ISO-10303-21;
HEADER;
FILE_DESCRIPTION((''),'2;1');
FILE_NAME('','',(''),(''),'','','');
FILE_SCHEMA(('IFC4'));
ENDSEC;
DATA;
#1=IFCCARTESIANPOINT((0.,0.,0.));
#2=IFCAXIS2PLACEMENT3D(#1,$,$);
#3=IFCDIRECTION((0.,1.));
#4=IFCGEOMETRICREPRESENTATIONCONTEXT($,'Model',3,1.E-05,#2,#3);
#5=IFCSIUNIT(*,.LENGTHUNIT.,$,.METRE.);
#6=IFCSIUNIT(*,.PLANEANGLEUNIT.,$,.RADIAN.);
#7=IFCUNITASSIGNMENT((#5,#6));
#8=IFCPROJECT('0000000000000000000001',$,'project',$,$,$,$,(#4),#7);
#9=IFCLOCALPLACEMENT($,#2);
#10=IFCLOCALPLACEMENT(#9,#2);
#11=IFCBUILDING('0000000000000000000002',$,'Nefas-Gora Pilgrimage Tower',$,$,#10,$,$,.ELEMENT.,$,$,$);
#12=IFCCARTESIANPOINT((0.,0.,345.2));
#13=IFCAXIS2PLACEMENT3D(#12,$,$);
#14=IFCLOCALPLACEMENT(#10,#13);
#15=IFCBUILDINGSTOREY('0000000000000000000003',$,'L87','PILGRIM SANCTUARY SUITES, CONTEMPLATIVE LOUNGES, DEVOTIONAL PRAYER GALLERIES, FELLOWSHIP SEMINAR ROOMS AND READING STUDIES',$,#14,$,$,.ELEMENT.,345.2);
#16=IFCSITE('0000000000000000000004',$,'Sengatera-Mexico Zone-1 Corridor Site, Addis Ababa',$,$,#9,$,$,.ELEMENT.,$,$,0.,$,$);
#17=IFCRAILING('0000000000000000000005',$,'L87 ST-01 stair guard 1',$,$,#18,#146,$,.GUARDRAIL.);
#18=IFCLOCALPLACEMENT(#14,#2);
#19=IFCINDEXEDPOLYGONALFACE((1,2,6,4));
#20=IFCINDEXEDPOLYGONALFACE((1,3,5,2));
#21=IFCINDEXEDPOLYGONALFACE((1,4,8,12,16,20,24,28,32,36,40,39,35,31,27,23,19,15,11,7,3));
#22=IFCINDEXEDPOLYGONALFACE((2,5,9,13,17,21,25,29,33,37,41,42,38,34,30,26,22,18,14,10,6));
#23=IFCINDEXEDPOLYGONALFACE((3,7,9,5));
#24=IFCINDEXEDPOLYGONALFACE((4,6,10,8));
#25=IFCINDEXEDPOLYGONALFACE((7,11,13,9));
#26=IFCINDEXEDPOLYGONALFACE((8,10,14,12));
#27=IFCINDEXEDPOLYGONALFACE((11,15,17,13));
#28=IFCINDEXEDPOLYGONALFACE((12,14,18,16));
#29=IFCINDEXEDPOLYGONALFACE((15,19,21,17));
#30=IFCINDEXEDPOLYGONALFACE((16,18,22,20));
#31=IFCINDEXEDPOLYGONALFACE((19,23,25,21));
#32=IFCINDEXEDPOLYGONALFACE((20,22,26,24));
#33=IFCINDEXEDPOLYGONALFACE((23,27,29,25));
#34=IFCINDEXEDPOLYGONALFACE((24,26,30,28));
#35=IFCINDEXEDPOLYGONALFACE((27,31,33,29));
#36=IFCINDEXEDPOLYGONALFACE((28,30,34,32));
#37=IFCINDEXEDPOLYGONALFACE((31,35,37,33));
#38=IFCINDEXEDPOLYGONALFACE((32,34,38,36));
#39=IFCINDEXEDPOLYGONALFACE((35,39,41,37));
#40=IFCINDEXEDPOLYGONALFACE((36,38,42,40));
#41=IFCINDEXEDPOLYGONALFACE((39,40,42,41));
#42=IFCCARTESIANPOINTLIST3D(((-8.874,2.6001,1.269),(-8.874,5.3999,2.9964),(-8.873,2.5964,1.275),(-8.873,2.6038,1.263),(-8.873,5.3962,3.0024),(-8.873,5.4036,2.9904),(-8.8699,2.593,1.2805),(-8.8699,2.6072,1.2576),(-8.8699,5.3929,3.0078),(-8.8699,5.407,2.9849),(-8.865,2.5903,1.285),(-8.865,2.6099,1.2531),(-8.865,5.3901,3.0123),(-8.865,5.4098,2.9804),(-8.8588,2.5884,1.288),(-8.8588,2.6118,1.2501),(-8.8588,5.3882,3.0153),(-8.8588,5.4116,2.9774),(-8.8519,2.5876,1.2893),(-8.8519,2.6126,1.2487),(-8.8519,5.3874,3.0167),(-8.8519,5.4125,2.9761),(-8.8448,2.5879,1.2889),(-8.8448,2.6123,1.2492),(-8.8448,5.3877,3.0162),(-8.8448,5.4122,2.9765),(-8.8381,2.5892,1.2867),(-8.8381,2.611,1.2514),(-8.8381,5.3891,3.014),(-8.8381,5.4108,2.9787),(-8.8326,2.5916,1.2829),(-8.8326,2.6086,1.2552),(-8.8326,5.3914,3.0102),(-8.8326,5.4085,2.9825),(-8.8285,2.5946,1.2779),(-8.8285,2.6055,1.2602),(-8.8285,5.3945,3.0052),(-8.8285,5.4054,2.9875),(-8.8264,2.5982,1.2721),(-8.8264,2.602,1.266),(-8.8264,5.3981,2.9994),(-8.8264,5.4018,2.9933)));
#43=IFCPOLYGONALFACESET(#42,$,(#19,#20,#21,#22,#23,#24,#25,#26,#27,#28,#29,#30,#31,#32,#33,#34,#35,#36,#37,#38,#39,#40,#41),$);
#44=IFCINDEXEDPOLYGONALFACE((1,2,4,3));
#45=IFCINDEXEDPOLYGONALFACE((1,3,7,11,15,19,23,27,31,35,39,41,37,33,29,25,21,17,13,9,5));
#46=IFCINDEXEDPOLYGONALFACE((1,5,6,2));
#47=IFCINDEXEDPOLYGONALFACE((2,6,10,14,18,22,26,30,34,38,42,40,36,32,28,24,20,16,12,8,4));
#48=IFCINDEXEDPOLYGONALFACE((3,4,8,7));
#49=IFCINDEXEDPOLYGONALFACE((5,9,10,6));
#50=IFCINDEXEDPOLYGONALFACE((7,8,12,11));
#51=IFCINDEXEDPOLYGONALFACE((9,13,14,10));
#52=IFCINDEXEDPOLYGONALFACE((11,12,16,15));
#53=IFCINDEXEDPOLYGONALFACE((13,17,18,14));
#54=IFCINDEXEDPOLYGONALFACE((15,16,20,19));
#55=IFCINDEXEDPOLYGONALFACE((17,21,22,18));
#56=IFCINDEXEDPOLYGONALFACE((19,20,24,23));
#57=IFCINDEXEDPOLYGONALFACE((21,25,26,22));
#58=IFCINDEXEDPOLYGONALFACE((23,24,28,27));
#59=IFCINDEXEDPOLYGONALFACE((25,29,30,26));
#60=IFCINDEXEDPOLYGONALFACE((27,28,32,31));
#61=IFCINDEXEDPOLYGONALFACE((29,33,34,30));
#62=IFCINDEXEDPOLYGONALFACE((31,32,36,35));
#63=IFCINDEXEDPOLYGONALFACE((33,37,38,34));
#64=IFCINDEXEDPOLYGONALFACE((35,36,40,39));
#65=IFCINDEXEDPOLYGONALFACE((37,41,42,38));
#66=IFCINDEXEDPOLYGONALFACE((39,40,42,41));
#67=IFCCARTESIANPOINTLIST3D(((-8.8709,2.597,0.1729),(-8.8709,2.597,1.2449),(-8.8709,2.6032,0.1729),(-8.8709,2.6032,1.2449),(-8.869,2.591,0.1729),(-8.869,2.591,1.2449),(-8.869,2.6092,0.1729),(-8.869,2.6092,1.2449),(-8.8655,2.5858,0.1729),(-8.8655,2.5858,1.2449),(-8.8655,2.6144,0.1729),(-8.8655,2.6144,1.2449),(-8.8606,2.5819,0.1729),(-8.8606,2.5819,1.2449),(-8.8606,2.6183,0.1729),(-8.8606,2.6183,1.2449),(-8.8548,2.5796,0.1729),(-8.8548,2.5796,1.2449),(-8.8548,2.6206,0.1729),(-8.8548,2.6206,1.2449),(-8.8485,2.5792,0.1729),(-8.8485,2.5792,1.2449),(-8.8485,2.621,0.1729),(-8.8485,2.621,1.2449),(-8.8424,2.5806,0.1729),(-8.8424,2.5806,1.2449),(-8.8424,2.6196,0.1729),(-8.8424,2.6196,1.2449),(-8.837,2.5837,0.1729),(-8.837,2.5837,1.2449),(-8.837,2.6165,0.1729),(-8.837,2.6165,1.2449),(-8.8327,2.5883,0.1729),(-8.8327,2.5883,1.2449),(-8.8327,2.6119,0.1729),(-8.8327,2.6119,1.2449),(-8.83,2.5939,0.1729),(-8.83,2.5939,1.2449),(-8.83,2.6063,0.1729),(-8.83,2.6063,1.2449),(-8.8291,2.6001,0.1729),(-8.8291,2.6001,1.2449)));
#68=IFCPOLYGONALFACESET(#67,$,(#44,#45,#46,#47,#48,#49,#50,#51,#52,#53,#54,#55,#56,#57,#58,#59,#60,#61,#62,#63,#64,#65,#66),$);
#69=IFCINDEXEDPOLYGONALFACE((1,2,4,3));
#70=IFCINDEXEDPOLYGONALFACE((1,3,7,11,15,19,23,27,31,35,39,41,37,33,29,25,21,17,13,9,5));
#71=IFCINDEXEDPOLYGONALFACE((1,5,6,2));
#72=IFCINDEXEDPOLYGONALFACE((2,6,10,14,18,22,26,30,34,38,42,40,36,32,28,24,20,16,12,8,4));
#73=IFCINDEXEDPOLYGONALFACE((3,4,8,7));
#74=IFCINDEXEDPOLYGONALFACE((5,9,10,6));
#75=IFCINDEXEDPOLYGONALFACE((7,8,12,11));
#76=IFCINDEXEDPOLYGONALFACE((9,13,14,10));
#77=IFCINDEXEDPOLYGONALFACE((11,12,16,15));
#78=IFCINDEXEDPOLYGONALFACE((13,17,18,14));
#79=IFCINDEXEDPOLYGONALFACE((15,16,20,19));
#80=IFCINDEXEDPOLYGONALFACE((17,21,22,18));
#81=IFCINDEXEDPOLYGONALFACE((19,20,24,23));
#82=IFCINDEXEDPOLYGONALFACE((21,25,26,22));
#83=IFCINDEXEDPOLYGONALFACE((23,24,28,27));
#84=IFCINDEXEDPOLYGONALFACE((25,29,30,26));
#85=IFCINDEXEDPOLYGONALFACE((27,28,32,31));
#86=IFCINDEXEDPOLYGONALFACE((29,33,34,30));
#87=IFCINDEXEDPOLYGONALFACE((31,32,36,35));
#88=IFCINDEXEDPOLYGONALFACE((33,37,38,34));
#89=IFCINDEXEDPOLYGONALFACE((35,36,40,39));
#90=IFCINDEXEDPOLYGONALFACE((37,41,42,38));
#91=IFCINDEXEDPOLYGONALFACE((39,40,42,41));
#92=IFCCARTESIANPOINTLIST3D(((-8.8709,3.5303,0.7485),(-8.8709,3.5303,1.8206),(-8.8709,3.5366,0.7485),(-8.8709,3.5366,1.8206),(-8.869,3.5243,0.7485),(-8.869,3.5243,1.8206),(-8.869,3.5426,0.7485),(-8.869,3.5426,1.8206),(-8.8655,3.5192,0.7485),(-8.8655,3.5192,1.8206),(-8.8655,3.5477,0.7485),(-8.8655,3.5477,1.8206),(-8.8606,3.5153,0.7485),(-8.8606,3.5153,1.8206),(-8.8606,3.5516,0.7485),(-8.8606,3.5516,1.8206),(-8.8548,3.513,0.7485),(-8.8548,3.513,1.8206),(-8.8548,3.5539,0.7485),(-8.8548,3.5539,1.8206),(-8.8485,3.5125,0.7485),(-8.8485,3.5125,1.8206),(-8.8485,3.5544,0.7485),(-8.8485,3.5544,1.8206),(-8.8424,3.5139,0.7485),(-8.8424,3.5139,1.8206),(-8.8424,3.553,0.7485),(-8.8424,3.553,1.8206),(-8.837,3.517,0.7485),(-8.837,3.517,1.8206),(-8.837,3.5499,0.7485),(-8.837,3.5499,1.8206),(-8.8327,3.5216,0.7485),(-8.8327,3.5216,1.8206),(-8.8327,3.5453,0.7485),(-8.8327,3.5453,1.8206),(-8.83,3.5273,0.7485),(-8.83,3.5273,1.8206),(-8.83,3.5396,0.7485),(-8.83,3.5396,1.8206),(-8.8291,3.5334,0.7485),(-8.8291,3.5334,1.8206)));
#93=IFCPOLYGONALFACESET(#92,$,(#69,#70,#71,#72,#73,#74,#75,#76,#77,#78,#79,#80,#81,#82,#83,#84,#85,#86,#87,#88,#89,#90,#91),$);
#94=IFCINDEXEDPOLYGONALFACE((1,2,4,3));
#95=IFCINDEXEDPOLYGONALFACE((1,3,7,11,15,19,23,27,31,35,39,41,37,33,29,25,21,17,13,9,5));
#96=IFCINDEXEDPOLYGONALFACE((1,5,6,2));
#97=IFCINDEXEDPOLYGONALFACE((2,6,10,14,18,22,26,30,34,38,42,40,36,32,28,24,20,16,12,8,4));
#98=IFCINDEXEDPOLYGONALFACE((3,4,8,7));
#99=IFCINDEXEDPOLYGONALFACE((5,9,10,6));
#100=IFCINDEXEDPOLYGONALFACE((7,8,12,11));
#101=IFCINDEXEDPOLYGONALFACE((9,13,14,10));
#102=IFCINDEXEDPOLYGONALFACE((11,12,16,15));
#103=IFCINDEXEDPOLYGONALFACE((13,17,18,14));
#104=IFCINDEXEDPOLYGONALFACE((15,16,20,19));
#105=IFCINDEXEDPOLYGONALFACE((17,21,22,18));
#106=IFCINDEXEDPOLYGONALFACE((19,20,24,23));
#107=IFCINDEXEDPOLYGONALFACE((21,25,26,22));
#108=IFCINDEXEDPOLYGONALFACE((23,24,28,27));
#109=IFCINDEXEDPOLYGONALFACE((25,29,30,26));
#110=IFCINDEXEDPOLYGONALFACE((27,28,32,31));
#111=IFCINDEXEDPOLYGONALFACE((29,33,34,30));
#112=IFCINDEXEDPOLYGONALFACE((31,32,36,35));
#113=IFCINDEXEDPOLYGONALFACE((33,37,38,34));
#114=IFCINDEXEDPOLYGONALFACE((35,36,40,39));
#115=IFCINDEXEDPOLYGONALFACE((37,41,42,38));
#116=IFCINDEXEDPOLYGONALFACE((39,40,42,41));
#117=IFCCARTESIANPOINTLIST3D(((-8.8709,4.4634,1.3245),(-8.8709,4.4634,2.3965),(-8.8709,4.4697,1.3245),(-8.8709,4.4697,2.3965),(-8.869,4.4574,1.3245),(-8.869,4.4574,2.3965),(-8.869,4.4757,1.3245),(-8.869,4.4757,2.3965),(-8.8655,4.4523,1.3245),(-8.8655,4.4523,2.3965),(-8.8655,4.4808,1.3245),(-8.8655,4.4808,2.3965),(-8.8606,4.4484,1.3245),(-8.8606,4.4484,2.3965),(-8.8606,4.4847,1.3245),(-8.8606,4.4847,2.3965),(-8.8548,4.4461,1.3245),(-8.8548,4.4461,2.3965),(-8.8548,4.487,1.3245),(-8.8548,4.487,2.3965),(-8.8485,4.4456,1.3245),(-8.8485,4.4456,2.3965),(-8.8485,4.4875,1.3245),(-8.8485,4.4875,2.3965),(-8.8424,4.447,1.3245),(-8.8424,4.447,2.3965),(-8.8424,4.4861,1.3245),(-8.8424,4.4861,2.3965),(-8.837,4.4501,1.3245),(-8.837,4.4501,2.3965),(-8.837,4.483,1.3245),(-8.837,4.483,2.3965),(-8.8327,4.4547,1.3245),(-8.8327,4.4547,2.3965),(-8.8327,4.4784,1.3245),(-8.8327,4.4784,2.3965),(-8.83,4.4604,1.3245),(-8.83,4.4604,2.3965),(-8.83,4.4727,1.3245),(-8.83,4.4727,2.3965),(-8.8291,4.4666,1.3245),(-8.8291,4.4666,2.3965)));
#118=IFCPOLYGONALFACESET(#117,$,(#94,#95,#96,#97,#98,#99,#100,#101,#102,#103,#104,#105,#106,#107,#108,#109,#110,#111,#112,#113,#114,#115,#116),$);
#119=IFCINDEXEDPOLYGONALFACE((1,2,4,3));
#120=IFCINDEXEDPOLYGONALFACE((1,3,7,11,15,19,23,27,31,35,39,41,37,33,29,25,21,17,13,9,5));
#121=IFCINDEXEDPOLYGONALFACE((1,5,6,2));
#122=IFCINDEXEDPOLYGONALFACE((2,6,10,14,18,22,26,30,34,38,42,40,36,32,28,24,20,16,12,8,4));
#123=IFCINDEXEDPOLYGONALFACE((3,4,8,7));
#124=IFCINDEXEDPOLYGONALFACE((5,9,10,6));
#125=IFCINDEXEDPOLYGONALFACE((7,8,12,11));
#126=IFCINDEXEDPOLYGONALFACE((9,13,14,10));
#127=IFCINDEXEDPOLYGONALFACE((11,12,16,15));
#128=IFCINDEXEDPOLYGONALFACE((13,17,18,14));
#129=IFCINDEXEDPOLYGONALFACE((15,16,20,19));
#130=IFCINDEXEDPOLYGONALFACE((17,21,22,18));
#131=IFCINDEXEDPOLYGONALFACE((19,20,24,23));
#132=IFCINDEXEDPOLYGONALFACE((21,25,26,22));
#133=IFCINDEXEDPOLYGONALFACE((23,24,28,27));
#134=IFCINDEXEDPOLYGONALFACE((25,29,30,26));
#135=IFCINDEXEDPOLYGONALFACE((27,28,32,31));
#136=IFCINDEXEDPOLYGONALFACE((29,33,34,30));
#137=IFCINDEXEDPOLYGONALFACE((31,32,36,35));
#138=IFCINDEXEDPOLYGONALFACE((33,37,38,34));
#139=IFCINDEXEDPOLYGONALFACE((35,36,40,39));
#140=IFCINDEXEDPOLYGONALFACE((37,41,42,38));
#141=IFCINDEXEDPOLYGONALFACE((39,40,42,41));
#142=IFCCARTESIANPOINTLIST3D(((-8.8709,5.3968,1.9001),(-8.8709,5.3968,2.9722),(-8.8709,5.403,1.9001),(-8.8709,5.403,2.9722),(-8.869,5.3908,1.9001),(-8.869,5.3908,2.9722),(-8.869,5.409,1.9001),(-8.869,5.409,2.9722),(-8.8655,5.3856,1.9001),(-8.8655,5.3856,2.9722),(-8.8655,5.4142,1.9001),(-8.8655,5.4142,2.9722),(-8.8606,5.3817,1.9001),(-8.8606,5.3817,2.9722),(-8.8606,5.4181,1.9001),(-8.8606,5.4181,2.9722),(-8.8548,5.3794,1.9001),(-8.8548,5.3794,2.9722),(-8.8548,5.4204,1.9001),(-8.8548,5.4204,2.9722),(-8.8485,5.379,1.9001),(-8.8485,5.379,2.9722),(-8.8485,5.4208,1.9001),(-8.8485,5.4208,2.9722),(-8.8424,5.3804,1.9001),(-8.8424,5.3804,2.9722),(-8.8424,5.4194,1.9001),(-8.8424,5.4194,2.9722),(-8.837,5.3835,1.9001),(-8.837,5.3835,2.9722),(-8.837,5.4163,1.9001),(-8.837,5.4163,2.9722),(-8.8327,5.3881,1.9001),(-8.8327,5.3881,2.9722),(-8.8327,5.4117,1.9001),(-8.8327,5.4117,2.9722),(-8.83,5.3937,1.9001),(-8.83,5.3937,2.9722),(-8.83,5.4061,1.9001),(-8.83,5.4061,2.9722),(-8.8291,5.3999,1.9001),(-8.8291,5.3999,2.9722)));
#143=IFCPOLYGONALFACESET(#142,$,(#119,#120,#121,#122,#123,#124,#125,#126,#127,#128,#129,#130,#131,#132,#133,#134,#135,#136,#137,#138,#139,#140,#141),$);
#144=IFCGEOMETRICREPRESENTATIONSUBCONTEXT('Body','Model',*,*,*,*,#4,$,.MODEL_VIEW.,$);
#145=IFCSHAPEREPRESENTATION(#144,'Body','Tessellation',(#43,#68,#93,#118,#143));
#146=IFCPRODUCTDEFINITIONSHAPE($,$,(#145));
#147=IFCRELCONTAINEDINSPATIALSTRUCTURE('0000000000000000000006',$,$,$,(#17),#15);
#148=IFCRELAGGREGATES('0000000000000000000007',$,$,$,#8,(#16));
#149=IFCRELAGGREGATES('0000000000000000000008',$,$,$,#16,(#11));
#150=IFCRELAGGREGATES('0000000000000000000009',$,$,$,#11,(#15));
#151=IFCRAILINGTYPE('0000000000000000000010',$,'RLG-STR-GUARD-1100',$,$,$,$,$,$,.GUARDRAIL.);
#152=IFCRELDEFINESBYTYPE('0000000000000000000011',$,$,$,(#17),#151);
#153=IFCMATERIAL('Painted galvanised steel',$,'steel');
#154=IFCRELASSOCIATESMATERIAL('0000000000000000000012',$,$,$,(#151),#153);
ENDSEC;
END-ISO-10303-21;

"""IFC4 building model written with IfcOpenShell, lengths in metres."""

from ifc_helpers import new_model, si_unit, direction, frame, origin, origin_2d, place, context, subcontext, project, spatial, circle, extrude, material, type_object, element, save


model = new_model("IFC4")

# Units and contexts
model_context = context("Model", 3, precision=1e-05, world=origin(), true_north=direction((0.0, 1.0)))
body_context = subcontext(model_context, "Body", "Model", "MODEL_VIEW")
ifc_project = project(units=[si_unit("LENGTHUNIT", "METRE"), si_unit("PLANEANGLEUNIT", "RADIAN")], contexts=[model_context])

# Site, building, storey
site_placement = place(None, origin())
site = spatial("IfcSite", under=ifc_project, at=site_placement, Name="Sengatera-Mexico Zone-1 Corridor Site, Addis Ababa", CompositionType="ELEMENT", RefElevation=0.0)
building_placement = place(site_placement, origin())
building = spatial("IfcBuilding", under=site, at=building_placement, Name="Nefas-Gora Pilgrimage Tower", CompositionType="ELEMENT")
storey_placement = place(building_placement, frame((0.0, 0.0, 345.2)))
storey = spatial("IfcBuildingStorey", under=building, at=storey_placement, Name="L87", Description="PILGRIM SANCTUARY SUITES, CONTEMPLATIVE LOUNGES, DEVOTIONAL PRAYER GALLERIES, FELLOWSHIP SEMINAR ROOMS AND READING STUDIES", CompositionType="ELEMENT", Elevation=345.2)

# Railing
ifc_material_1 = material(Name="Painted galvanised steel", Category="steel")
railing_type_1 = type_object("IfcRailingType", Name="RLG-STR-GUARD-1100", PredefinedType="GUARDRAIL", material=ifc_material_1)
railing_1_placement = place(storey_placement, frame((-8.8501, 2.6001, 0.1729)))
element("IfcRailing", 1, at=railing_1_placement, inside=storey, type_object=railing_type_1, Name="L87 ST-01 stair guard 1", PredefinedType="GUARDRAIL", context=body_context, shape_type="SweptSolid", body=[
    extrude(circle(Radius=0.0239, at=origin_2d()), frame((0.0, 0.0, 1.0962), z_axis=(0.0, 0.851069, 0.525054), x_axis=(-1.0, 0.0, 0.0)), (0.0, 0.0, 1.0), 3.2898),
    extrude(circle(Radius=0.021, at=origin_2d()), origin(), (0.0, 0.0, 1.0), 1.072),
    extrude(circle(Radius=0.021, at=origin_2d()), frame((0.0, 0.9333, 0.5757)), (0.0, 0.0, 1.0), 1.072),
    extrude(circle(Radius=0.021, at=origin_2d()), frame((0.0, 1.8665, 1.1516)), (0.0, 0.0, 1.0), 1.072),
    extrude(circle(Radius=0.021, at=origin_2d()), frame((0.0, 2.7998, 1.7273)), (0.0, 0.0, 1.0), 1.072),
])

save(model, "model.ifc")
